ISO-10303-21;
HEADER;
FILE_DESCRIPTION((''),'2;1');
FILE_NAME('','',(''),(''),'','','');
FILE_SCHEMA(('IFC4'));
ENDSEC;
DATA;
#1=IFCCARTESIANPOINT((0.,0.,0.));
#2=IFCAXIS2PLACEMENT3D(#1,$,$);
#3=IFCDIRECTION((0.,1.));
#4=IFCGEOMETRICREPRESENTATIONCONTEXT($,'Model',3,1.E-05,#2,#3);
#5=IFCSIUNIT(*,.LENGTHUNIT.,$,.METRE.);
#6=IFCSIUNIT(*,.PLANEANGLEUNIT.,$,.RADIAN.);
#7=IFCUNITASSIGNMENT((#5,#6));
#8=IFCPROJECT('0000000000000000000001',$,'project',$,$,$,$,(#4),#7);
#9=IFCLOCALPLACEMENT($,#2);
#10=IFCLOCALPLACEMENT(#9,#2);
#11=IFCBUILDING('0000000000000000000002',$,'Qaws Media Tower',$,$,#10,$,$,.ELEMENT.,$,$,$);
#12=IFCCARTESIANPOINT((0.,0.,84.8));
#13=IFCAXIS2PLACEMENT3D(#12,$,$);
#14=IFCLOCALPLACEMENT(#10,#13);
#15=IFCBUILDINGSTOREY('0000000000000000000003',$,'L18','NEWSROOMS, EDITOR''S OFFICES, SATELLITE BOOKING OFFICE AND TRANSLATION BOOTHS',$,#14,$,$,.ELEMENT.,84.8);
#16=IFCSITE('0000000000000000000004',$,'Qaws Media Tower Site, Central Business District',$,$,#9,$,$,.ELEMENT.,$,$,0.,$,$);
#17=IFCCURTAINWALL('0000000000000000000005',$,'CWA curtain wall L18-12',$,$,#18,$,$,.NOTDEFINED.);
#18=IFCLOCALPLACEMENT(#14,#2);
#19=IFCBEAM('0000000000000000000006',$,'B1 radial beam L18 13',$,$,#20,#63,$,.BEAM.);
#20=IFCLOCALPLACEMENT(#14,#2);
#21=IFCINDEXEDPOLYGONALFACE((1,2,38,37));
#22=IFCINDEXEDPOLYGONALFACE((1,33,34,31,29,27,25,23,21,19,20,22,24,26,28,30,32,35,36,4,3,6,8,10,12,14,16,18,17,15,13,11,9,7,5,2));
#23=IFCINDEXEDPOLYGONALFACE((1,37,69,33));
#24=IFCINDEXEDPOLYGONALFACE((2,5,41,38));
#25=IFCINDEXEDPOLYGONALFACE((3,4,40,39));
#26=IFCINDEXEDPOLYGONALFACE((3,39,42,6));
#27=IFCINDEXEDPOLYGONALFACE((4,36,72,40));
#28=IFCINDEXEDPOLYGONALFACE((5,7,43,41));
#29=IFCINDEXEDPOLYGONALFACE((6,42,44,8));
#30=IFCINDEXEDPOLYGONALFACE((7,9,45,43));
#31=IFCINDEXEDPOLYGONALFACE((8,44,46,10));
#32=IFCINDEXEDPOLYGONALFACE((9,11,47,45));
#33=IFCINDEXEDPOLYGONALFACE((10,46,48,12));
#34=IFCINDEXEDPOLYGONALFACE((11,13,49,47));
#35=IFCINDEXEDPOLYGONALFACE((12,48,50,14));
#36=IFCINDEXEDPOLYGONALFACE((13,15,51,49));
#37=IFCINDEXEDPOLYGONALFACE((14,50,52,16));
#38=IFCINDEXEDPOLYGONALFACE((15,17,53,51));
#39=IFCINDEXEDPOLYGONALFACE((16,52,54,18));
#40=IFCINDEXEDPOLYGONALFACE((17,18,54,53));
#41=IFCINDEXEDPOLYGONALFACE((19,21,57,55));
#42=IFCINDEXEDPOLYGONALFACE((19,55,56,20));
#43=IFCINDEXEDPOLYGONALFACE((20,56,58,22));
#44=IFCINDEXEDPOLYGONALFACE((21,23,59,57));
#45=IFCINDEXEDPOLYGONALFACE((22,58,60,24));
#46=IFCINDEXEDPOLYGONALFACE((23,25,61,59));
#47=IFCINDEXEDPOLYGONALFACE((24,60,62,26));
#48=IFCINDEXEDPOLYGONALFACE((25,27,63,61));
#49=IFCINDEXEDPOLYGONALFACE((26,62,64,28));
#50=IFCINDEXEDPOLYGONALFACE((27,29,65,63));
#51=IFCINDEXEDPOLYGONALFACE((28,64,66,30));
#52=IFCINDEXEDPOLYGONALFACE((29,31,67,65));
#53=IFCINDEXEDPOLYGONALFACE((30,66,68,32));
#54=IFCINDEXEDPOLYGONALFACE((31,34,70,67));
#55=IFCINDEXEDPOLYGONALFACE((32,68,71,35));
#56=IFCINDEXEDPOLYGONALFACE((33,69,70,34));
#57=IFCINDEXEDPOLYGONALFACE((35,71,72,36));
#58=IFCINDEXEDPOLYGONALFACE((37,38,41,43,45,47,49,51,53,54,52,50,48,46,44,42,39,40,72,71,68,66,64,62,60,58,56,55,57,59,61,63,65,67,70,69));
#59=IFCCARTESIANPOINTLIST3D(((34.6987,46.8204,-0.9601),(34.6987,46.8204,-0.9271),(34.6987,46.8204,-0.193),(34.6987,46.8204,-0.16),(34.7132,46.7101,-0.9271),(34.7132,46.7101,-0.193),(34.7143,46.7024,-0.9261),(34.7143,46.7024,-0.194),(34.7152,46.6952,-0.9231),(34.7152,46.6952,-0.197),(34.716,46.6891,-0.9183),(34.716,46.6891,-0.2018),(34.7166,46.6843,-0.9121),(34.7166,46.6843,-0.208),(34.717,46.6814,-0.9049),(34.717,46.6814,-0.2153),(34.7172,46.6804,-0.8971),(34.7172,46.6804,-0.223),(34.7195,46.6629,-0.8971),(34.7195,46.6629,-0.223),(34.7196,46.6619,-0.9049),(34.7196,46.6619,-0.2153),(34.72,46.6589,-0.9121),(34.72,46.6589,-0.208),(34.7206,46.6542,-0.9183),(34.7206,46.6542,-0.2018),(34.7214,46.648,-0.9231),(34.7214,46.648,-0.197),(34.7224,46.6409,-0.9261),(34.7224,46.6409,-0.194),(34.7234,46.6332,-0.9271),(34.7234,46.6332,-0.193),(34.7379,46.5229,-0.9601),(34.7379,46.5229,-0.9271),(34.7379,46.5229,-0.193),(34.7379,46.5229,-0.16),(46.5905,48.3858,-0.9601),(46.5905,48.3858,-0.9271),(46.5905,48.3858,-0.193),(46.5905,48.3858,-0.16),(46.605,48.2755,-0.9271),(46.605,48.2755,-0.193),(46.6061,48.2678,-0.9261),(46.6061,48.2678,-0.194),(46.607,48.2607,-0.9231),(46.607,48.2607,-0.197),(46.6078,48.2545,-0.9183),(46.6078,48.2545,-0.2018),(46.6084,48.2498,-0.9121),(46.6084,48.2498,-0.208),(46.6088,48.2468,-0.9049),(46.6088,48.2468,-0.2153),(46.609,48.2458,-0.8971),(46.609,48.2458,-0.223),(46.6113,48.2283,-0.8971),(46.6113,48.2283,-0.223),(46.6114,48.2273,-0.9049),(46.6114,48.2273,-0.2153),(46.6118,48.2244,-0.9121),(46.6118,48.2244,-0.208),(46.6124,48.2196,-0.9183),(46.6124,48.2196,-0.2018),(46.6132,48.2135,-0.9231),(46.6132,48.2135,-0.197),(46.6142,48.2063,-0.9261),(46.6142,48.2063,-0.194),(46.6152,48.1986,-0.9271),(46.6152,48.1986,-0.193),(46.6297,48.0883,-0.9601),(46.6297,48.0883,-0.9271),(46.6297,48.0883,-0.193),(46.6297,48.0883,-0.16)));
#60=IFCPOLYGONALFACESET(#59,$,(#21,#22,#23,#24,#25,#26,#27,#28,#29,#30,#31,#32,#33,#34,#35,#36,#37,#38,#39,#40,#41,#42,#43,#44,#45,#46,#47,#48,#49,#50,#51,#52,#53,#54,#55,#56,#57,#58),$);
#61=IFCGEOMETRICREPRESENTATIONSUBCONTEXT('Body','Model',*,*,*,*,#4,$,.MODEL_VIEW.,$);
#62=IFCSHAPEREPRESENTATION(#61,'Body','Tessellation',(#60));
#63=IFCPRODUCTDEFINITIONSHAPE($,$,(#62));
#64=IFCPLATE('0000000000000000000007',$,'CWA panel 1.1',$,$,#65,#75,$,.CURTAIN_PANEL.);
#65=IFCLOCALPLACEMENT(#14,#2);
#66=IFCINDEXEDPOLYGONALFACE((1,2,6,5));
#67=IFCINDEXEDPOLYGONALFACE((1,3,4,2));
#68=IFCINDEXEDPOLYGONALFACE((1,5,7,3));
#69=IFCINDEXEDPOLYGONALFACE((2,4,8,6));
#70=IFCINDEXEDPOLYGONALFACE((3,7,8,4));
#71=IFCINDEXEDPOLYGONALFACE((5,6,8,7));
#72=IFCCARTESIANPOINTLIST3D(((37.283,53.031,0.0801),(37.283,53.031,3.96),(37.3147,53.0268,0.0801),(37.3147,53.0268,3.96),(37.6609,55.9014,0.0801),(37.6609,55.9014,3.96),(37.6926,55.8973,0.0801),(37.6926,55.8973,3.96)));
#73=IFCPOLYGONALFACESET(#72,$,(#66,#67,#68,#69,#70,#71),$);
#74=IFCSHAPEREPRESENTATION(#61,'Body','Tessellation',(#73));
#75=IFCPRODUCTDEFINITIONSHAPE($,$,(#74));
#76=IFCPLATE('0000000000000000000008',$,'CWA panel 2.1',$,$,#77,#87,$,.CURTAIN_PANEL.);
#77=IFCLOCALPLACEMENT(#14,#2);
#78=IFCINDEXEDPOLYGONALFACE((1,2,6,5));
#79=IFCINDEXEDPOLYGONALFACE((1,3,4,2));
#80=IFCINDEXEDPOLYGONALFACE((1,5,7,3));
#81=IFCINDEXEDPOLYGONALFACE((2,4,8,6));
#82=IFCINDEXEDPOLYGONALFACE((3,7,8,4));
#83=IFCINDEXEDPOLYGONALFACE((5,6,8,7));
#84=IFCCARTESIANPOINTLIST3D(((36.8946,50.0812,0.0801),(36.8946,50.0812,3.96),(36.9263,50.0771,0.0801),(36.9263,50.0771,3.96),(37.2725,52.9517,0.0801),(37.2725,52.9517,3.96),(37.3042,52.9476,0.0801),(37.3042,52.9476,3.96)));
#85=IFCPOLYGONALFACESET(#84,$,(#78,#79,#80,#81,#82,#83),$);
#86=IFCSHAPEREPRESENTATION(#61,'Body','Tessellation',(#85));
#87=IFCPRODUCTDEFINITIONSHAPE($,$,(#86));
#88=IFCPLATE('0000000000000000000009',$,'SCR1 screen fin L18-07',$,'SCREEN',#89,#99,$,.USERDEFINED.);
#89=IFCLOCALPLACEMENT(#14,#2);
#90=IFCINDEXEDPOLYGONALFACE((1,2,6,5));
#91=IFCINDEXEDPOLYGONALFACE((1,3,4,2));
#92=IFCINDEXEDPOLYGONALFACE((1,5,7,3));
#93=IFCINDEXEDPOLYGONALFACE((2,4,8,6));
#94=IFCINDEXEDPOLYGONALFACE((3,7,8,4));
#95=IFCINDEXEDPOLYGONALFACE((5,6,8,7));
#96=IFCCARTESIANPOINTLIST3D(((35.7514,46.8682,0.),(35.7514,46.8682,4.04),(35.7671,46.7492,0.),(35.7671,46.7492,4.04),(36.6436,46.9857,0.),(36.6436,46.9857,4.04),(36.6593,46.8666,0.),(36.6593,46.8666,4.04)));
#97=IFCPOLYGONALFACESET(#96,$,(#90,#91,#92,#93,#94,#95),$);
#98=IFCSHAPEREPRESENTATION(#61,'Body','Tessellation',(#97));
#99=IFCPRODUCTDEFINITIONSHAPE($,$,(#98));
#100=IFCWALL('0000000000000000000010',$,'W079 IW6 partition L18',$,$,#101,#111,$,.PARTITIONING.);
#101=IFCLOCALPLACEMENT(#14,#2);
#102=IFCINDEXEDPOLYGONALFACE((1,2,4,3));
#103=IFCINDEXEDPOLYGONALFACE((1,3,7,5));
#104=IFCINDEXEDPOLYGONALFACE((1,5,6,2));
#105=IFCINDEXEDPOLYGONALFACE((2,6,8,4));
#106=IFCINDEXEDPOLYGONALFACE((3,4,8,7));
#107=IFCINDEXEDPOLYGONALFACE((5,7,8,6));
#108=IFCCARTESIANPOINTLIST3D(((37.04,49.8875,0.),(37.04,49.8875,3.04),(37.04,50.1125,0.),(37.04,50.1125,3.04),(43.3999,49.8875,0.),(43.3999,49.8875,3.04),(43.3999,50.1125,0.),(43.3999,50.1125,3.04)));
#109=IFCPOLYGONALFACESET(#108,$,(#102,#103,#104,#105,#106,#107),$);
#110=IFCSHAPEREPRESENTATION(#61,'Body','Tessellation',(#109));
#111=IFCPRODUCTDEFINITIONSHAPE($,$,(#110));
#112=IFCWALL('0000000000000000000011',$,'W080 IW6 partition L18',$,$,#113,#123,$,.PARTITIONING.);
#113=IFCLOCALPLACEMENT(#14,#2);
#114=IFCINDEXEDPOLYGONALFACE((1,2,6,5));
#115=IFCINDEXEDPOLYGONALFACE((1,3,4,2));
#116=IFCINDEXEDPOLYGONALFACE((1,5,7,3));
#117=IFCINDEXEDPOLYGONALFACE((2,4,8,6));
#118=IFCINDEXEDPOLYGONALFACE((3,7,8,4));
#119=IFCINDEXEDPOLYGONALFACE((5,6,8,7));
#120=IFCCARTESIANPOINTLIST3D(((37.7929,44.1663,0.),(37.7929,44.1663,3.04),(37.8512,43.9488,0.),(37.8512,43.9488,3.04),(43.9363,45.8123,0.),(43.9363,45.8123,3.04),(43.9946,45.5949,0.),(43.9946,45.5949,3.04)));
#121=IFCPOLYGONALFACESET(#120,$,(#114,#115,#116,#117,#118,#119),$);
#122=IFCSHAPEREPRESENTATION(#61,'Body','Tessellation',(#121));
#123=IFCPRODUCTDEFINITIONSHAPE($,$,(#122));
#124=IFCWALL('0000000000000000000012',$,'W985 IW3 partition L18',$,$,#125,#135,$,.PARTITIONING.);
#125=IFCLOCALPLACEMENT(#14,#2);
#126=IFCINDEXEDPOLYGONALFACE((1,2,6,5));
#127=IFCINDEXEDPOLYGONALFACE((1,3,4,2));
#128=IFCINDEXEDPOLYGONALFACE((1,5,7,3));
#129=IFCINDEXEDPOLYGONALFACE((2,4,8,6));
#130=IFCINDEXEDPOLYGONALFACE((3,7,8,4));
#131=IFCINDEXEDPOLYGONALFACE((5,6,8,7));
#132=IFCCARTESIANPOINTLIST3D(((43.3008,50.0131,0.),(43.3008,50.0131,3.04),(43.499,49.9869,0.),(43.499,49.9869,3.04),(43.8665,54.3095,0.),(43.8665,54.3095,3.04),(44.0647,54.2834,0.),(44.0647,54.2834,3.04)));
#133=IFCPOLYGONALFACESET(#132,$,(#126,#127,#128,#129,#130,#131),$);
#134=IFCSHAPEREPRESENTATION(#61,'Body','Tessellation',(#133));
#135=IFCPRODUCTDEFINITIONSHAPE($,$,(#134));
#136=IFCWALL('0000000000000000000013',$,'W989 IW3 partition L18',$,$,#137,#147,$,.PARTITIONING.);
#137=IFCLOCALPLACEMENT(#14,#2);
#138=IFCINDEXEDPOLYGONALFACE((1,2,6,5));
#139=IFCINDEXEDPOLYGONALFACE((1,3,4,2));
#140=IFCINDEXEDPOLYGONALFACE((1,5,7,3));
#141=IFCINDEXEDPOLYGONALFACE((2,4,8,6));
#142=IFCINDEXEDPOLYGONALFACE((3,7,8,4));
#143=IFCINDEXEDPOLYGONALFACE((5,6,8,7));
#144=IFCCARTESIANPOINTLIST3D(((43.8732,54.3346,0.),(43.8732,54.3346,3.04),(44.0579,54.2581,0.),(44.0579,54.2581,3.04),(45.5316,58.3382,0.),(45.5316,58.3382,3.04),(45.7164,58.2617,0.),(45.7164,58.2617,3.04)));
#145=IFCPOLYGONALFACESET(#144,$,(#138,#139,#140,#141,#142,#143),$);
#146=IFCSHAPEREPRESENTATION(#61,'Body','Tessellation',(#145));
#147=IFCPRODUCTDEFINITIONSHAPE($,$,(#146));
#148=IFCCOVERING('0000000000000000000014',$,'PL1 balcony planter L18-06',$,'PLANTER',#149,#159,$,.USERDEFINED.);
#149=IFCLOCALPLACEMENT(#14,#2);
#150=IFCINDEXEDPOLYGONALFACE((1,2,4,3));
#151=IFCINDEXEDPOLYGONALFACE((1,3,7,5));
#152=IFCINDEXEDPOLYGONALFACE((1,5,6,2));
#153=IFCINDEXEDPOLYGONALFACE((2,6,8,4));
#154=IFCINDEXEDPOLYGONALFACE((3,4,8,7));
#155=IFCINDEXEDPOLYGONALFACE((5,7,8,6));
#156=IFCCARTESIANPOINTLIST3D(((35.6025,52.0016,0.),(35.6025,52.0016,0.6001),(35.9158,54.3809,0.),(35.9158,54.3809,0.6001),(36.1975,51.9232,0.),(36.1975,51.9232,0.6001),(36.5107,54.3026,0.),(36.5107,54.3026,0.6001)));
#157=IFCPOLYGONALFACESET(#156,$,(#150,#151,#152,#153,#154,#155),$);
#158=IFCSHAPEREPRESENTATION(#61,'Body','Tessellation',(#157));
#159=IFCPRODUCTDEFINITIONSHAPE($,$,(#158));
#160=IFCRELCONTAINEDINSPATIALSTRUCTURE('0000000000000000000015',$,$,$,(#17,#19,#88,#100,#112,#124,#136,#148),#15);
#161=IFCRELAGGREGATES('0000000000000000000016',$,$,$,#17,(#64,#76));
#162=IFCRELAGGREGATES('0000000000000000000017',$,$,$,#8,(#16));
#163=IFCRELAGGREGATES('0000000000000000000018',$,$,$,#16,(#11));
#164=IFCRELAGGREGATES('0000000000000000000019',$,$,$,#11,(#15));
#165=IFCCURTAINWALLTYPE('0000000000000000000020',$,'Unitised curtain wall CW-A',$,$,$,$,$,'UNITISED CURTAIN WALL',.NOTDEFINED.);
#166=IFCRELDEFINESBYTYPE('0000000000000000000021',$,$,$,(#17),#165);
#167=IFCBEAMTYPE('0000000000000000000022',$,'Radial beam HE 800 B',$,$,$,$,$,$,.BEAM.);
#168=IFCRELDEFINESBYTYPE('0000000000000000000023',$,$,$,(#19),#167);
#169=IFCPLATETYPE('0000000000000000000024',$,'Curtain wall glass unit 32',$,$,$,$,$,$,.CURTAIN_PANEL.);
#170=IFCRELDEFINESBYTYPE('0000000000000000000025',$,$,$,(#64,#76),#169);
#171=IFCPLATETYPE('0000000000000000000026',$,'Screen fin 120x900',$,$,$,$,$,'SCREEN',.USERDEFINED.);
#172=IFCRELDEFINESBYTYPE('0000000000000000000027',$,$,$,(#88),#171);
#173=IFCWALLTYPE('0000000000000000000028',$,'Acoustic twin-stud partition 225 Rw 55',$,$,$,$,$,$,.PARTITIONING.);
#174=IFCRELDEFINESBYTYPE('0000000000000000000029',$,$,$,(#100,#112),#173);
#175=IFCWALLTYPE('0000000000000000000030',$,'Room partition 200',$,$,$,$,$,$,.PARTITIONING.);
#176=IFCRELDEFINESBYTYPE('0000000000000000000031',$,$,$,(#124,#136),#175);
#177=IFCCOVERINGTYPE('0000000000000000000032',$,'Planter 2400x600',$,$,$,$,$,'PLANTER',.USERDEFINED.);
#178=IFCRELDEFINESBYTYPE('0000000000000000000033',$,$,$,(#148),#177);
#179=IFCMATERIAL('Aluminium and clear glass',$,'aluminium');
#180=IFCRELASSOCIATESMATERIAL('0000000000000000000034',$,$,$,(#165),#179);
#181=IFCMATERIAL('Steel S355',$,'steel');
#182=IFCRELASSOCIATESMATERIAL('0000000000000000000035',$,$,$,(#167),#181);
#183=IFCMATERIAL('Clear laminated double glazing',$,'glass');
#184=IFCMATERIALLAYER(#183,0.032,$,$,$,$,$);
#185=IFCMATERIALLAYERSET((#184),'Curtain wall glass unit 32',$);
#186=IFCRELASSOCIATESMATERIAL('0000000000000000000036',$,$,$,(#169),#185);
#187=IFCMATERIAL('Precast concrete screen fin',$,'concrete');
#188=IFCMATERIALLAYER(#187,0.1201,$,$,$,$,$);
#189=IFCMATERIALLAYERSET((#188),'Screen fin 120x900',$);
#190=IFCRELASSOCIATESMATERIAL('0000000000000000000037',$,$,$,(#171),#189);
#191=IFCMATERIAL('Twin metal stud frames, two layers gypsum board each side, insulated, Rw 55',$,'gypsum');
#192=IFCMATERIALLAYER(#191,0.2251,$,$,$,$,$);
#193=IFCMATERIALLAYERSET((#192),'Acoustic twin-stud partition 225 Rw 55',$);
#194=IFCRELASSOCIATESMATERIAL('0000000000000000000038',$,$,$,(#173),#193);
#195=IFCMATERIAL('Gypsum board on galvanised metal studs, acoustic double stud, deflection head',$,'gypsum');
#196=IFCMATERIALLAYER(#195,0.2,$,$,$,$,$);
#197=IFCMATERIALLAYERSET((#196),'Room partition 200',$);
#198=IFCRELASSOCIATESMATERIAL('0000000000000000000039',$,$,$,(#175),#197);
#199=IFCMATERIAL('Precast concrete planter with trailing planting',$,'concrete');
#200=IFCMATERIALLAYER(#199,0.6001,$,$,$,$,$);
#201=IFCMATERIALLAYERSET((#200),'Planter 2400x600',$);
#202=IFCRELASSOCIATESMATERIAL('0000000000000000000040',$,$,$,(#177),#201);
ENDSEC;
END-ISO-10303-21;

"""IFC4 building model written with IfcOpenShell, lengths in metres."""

from ifc_helpers import new_model, si_unit, direction, frame, frame_2d, origin, origin_2d, place, context, subcontext, project, spatial, rectangle, i_section, extrude, material, layer, layer_set, material_profile, profile_set, type_object, element, aggregate, save


model = new_model("IFC4")

# Units and contexts
model_context = context("Model", 3, precision=1e-05, world=origin(), true_north=direction((0.0, 1.0)))
body_context = subcontext(model_context, "Body", "Model", "MODEL_VIEW")
ifc_project = project(units=[si_unit("LENGTHUNIT", "METRE"), si_unit("PLANEANGLEUNIT", "RADIAN")], contexts=[model_context])

# Site, building, storey
site_placement = place(None, origin())
site = spatial("IfcSite", under=ifc_project, at=site_placement, Name="Qaws Media Tower Site, Central Business District", CompositionType="ELEMENT", RefElevation=0.0)
building_placement = place(site_placement, origin())
building = spatial("IfcBuilding", under=site, at=building_placement, Name="Qaws Media Tower", CompositionType="ELEMENT")
storey_placement = place(building_placement, frame((0.0, 0.0, 84.8)))
storey = spatial("IfcBuildingStorey", under=building, at=storey_placement, Name="L18", Description="NEWSROOMS, EDITOR'S OFFICES, SATELLITE BOOKING OFFICE AND TRANSLATION BOOTHS", CompositionType="ELEMENT", Elevation=84.8)

# Shared definitions
ifc_material_1 = material(Name="Aluminium and clear glass", Category="aluminium")
curtain_wall_type_1 = type_object("IfcCurtainWallType", Name="Unitised curtain wall CW-A", ElementType="UNITISED CURTAIN WALL", PredefinedType="NOTDEFINED", material=ifc_material_1)

# Curtain wall
curtain_wall_1_placement = place(storey_placement, origin())
curtain_wall_1 = element("IfcCurtainWall", 1, at=curtain_wall_1_placement, inside=storey, type_object=curtain_wall_type_1, Name="CWA curtain wall L18-12", PredefinedType="NOTDEFINED")

# Beam
ifc_material_2 = material(Name="Steel S355", Category="steel")
ifc_material_profile_1 = material_profile(ifc_material_2, i_section(OverallWidth=0.3, OverallDepth=0.8, WebThickness=0.0176, FlangeThickness=0.033, FilletRadius=0.03, at=origin_2d()), Name="HE 800 B")
ifc_profile_set_1 = profile_set([ifc_material_profile_1], Name="Steel S355")
beam_type_1 = type_object("IfcBeamType", Name="Radial beam HE 800 B", PredefinedType="BEAM", material=ifc_profile_set_1)
beam_1_placement = place(storey_placement, frame((46.6101, 48.2371, -0.5601), z_axis=(-0.991447, -0.130513, 0.0), x_axis=(0.130513, -0.991447, 0.0)))
element("IfcBeam", 2, at=beam_1_placement, inside=storey, type_object=beam_type_1, Name="B1 radial beam L18 13", PredefinedType="BEAM", context=body_context, shape_type="SweptSolid", body=[
    extrude(i_section(OverallWidth=0.3, OverallDepth=0.8, WebThickness=0.0176, FlangeThickness=0.033, FilletRadius=0.03, at=origin_2d()), origin(), (0.0, 0.0, 1.0), 11.9944),
])

# Plates
ifc_material_3 = material(Name="Clear laminated double glazing", Category="glass")
ifc_layer_1 = layer(ifc_material_3, 0.032)
ifc_layer_set_1 = layer_set([ifc_layer_1], Name="Curtain wall glass unit 32")
plate_type_1 = type_object("IfcPlateType", Name="Curtain wall glass unit 32", PredefinedType="CURTAIN_PANEL", material=ifc_layer_set_1)
plate_1_placement = place(storey_placement, frame((37.4878, 54.4641, 0.0801), z_axis=(0.0, 0.0, 1.0), x_axis=(-0.130526, -0.991445, 0.0)))
plate_1 = element("IfcPlate", 3, at=plate_1_placement, type_object=plate_type_1, Name="CWA panel 1.1", PredefinedType="CURTAIN_PANEL", context=body_context, shape_type="SweptSolid", body=[
    extrude(rectangle(XDim=2.8953, YDim=0.032, at=origin_2d()), origin(), (0.0, 0.0, 1.0), 3.8799),
])
plate_2_placement = place(storey_placement, frame((37.0994, 51.5144, 0.0801), z_axis=(0.0, 0.0, 1.0), x_axis=(-0.130526, -0.991445, 0.0)))
plate_2 = element("IfcPlate", 4, at=plate_2_placement, type_object=plate_type_1, Name="CWA panel 2.1", PredefinedType="CURTAIN_PANEL", context=body_context, shape_type="SweptSolid", body=[
    extrude(rectangle(XDim=2.8953, YDim=0.032, at=origin_2d()), origin(), (0.0, 0.0, 1.0), 3.8799),
])
aggregate(curtain_wall_1, [plate_1, plate_2])
ifc_material_4 = material(Name="Precast concrete screen fin", Category="concrete")
ifc_layer_2 = layer(ifc_material_4, 0.1201)
ifc_layer_set_2 = layer_set([ifc_layer_2], Name="Screen fin 120x900")
plate_type_2 = type_object("IfcPlateType", Name="Screen fin 120x900", ElementType="SCREEN", PredefinedType="USERDEFINED", material=ifc_layer_set_2)
plate_3_placement = place(storey_placement, frame((36.2053, 46.8674, 0.0), z_axis=(0.0, 0.0, 1.0), x_axis=(-0.991445, -0.130526, 0.0)))
element("IfcPlate", 5, at=plate_3_placement, inside=storey, type_object=plate_type_2, Name="SCR1 screen fin L18-07", ObjectType="SCREEN", PredefinedType="USERDEFINED", context=body_context, shape_type="SweptSolid", body=[
    extrude(rectangle(XDim=0.8999, YDim=0.1201, at=origin_2d()), origin(), (0.0, 0.0, 1.0), 4.04),
])

# Walls
ifc_material_5 = material(Name="Twin metal stud frames, two layers gypsum board each side, insulated, Rw 55", Category="gypsum")
ifc_layer_3 = layer(ifc_material_5, 0.2251)
ifc_layer_set_3 = layer_set([ifc_layer_3], Name="Acoustic twin-stud partition 225 Rw 55")
wall_type_1 = type_object("IfcWallType", Name="Acoustic twin-stud partition 225 Rw 55", PredefinedType="PARTITIONING", material=ifc_layer_set_3)
wall_1_placement = place(storey_placement, frame((43.3999, 50.0, 0.0), z_axis=(0.0, 0.0, 1.0), x_axis=(-1.0, 0.0, 0.0)))
element("IfcWall", 6, at=wall_1_placement, inside=storey, type_object=wall_type_1, Name="W079 IW6 partition L18", PredefinedType="PARTITIONING", context=body_context, shape_type="SweptSolid", body=[
    extrude(rectangle(XDim=6.3599, YDim=0.2251, at=frame_2d((3.1799, 0.0))), origin(), (0.0, 0.0, 1.0), 3.04),
])
wall_2_placement = place(storey_placement, frame((43.9656, 45.7036, 0.0), z_axis=(0.0, 0.0, 1.0), x_axis=(-0.96593, -0.258805, 0.0)))
element("IfcWall", 7, at=wall_2_placement, inside=storey, type_object=wall_type_1, Name="W080 IW6 partition L18", PredefinedType="PARTITIONING", context=body_context, shape_type="SweptSolid", body=[
    extrude(rectangle(XDim=6.3601, YDim=0.2251, at=frame_2d((3.1802, 0.0))), origin(), (0.0, 0.0, 1.0), 3.04),
])

# Shared definitions
ifc_material_6 = material(Name="Gypsum board on galvanised metal studs, acoustic double stud, deflection head", Category="gypsum")
ifc_layer_4 = layer(ifc_material_6, 0.2)
ifc_layer_set_4 = layer_set([ifc_layer_4], Name="Room partition 200")
wall_type_2 = type_object("IfcWallType", Name="Room partition 200", PredefinedType="PARTITIONING", material=ifc_layer_set_4)

# Walls
for number, where, z_axis, x_axis, name in (
    (8, (43.3999, 50.0, 0.0), (0.0, 0.0, 1.0), (0.130536, 0.991444, 0.0), "W985 IW3 partition L18"),
    (9, (43.9656, 54.2964, 0.0), (0.0, 0.0, 1.0), (0.382698, 0.923873, 0.0), "W989 IW3 partition L18"),
):
    element("IfcWall", number, at=place(storey_placement, frame(where, z_axis=z_axis, x_axis=x_axis)), inside=storey, type_object=wall_type_2, Name=name, PredefinedType="PARTITIONING", context=body_context, shape_type="SweptSolid", body=[
        extrude(rectangle(XDim=4.3335, YDim=0.2, at=frame_2d((2.1667, 0.0))), origin(), (0.0, 0.0, 1.0), 3.04),
    ])

# Covering
ifc_material_7 = material(Name="Precast concrete planter with trailing planting", Category="concrete")
ifc_layer_5 = layer(ifc_material_7, 0.6001)
ifc_layer_set_5 = layer_set([ifc_layer_5], Name="Planter 2400x600")
covering_type = type_object("IfcCoveringType", Name="Planter 2400x600", ElementType="PLANTER", PredefinedType="USERDEFINED", material=ifc_layer_set_5)
covering_placement = place(storey_placement, frame((36.0566, 53.1521, 0.0), z_axis=(0.0, 0.0, 1.0), x_axis=(-0.130526, -0.991445, 0.0)))
element("IfcCovering", 10, at=covering_placement, inside=storey, type_object=covering_type, Name="PL1 balcony planter L18-06", ObjectType="PLANTER", PredefinedType="USERDEFINED", context=body_context, shape_type="SweptSolid", body=[
    extrude(rectangle(XDim=2.3999, YDim=0.6001, at=origin_2d()), origin(), (0.0, 0.0, 1.0), 0.6001),
])

save(model, "model.ifc")
